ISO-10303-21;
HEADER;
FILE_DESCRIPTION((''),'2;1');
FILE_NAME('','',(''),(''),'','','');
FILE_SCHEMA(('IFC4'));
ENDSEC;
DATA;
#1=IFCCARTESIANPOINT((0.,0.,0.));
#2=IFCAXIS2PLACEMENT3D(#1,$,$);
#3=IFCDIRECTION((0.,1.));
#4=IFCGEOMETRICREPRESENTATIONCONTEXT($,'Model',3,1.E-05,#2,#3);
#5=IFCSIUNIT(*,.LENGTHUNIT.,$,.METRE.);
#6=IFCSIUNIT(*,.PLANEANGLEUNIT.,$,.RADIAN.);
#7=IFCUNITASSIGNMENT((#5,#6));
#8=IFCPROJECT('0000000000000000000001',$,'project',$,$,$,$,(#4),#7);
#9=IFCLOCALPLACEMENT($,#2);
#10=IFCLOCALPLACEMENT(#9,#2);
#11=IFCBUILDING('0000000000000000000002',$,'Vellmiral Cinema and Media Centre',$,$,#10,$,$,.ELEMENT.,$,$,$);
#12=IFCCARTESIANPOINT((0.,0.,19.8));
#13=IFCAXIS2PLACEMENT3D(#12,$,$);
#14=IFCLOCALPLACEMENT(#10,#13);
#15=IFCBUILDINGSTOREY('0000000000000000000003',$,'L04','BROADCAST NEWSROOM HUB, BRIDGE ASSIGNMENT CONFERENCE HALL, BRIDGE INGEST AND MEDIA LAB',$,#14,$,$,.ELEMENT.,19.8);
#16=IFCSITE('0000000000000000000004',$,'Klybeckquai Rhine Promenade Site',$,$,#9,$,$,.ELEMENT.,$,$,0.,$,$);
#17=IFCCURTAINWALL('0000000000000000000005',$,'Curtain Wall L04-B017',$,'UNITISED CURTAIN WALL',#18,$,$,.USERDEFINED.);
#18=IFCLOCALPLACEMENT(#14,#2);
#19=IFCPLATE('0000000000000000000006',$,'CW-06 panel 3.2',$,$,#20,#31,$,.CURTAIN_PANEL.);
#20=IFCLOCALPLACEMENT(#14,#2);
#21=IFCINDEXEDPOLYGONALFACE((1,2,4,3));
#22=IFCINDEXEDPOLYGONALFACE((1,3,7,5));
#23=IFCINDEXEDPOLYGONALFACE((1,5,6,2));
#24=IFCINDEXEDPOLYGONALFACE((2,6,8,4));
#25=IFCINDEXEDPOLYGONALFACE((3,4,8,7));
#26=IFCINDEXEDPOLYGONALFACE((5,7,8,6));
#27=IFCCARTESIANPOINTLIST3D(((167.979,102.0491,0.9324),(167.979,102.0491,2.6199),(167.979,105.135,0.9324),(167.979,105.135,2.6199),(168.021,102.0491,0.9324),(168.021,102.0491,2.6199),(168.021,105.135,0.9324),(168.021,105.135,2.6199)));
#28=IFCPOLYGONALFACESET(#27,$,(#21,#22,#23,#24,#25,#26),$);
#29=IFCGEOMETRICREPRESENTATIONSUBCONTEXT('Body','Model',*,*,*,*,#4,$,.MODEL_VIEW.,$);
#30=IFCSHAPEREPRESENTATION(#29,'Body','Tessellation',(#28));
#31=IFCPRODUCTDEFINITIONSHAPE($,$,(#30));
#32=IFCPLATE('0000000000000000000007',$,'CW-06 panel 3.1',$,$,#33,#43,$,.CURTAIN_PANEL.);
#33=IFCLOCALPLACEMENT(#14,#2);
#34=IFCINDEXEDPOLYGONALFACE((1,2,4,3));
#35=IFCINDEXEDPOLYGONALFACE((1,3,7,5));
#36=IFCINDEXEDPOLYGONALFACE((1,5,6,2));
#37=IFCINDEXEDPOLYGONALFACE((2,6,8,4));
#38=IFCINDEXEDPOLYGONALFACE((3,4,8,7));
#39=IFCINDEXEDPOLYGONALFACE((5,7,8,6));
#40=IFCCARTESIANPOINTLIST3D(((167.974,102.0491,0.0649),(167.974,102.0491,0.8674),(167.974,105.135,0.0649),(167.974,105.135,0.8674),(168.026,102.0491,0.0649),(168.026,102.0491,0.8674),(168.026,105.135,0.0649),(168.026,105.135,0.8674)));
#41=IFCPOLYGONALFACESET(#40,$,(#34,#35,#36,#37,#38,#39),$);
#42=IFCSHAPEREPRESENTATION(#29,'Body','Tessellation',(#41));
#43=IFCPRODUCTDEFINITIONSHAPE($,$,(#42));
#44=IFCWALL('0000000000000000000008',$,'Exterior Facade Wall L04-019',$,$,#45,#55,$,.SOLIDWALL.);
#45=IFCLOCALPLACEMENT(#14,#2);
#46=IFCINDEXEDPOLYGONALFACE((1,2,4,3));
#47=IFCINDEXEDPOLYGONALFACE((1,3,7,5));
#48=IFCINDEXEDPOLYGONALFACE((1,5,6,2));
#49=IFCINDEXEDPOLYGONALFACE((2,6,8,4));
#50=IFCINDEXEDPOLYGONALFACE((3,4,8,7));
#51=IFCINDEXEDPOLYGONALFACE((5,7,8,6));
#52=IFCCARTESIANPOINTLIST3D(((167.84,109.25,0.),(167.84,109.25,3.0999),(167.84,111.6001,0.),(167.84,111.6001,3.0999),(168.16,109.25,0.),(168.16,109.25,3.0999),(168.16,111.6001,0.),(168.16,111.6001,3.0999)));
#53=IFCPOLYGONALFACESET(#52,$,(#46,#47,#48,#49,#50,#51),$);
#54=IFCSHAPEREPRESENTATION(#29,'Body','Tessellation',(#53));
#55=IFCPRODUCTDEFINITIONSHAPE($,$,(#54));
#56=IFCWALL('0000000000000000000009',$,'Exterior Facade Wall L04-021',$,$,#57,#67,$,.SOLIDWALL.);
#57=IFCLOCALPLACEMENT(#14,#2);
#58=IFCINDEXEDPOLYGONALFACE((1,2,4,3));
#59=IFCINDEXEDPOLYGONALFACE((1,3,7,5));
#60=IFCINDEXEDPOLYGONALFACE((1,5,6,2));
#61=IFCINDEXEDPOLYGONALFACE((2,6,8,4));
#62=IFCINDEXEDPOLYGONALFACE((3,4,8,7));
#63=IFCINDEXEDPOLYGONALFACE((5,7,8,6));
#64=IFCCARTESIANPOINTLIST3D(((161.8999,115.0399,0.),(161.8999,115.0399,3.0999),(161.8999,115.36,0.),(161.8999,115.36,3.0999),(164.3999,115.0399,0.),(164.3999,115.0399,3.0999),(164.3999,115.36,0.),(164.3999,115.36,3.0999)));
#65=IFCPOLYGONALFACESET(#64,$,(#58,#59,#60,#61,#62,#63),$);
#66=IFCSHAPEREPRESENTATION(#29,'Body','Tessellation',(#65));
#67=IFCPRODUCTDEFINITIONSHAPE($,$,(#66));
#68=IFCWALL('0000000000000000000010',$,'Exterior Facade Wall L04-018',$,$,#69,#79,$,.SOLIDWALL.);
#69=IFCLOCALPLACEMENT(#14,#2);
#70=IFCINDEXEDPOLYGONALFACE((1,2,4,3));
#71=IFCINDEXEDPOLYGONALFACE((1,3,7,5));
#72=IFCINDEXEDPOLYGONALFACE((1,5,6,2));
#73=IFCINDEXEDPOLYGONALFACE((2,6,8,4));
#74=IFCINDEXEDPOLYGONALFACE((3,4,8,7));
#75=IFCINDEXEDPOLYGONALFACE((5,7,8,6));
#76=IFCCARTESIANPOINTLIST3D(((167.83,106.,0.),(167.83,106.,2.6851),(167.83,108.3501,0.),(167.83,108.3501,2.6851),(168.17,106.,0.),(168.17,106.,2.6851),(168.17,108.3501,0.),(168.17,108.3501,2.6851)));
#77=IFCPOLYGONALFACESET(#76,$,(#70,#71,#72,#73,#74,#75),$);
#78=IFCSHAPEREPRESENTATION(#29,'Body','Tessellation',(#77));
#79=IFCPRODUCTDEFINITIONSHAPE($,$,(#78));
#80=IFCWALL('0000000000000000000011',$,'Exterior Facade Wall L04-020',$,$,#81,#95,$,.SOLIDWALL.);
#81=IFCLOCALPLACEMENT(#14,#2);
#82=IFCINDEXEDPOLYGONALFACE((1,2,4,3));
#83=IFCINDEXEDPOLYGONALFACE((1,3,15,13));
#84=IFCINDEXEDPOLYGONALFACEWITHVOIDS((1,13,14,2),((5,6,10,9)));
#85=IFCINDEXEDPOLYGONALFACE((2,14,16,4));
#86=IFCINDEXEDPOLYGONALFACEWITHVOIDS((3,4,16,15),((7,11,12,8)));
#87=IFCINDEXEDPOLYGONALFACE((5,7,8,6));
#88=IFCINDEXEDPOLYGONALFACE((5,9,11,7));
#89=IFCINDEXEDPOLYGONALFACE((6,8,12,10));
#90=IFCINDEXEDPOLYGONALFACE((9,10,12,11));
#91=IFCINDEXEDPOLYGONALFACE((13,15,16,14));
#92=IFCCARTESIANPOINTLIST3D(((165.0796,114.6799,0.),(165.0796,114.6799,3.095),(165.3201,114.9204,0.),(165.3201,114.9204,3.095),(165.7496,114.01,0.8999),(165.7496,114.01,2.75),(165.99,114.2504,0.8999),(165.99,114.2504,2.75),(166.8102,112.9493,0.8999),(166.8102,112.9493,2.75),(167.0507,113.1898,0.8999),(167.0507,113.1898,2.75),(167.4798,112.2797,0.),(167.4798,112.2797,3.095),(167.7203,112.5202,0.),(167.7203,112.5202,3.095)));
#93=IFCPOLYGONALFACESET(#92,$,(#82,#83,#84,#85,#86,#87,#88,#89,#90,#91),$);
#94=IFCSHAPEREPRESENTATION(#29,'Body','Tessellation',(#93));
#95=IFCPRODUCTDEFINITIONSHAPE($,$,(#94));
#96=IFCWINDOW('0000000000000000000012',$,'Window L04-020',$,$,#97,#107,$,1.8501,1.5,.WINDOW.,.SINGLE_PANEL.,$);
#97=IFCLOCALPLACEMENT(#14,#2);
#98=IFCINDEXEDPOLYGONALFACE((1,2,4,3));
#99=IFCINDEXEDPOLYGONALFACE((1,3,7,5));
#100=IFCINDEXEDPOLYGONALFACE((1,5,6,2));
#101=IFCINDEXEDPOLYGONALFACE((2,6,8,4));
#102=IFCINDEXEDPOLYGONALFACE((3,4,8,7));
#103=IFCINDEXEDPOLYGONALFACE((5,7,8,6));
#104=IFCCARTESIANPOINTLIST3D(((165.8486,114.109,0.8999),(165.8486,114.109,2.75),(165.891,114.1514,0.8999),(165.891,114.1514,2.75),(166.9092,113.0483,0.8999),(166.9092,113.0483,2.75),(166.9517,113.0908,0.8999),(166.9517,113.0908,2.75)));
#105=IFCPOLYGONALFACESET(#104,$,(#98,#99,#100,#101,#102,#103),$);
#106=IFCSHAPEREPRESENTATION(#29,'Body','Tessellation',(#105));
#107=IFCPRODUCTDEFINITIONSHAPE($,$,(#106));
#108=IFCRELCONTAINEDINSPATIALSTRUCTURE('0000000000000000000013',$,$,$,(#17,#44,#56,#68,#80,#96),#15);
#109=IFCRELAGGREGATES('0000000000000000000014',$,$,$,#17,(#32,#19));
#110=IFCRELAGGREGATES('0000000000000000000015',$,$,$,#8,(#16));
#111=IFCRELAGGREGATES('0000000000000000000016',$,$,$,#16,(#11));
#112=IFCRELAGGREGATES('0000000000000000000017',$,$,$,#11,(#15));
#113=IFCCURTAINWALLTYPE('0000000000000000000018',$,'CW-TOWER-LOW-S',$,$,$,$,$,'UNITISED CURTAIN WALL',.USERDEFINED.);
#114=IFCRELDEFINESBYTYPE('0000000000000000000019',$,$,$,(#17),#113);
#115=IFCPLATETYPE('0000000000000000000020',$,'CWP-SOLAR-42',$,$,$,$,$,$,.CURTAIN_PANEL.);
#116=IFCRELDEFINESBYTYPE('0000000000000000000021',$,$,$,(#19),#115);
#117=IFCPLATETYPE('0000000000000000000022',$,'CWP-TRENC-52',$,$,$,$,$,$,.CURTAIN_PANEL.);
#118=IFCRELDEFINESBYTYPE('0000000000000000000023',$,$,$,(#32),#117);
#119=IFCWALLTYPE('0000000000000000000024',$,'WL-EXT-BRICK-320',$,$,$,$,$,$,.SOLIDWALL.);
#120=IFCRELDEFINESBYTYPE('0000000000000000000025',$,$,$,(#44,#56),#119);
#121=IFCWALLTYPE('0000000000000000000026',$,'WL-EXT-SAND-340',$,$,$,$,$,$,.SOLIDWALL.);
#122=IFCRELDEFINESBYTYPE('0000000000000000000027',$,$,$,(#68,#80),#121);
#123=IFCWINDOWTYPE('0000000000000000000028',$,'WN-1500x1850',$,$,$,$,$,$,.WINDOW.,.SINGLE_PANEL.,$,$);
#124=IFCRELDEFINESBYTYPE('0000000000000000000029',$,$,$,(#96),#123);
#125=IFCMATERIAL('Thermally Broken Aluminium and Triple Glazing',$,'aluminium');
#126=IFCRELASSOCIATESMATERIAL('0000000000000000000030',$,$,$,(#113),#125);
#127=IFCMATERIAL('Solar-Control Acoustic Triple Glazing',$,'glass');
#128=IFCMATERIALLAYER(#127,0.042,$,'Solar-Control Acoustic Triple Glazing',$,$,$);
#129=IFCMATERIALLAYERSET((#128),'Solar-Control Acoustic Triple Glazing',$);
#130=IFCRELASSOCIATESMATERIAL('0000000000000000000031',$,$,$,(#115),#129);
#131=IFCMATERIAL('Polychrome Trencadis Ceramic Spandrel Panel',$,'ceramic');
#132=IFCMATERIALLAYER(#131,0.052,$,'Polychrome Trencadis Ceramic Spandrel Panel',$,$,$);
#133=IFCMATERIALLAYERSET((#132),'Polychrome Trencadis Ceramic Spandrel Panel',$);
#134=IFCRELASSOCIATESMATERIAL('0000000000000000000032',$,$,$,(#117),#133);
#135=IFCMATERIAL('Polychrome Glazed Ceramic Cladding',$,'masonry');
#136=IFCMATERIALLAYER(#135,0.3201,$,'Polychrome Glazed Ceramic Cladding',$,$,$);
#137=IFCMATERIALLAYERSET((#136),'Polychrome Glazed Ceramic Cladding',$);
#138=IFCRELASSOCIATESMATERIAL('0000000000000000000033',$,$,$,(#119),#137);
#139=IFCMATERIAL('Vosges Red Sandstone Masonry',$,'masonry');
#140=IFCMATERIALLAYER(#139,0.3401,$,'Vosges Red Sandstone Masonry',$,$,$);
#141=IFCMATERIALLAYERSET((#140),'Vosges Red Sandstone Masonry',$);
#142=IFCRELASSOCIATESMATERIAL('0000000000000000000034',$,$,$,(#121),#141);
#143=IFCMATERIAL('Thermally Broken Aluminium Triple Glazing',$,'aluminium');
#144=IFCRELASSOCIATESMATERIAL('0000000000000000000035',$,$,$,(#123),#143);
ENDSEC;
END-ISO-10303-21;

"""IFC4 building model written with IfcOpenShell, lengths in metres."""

from ifc_helpers import new_model, si_unit, direction, frame, frame_2d, origin, origin_2d, place, context, subcontext, project, spatial, rectangle, extrude, material, layer, layer_set, type_object, element, fill, aggregate, save


model = new_model("IFC4")

# Units and contexts
model_context = context("Model", 3, precision=1e-05, world=origin(), true_north=direction((0.0, 1.0)))
body_context = subcontext(model_context, "Body", "Model", "MODEL_VIEW")
ifc_project = project(units=[si_unit("LENGTHUNIT", "METRE"), si_unit("PLANEANGLEUNIT", "RADIAN")], contexts=[model_context])

# Site, building, storey
site_placement = place(None, origin())
site = spatial("IfcSite", under=ifc_project, at=site_placement, Name="Klybeckquai Rhine Promenade Site", CompositionType="ELEMENT", RefElevation=0.0)
building_placement = place(site_placement, origin())
building = spatial("IfcBuilding", under=site, at=building_placement, Name="Vellmiral Cinema and Media Centre", CompositionType="ELEMENT")
storey_placement = place(building_placement, frame((0.0, 0.0, 19.8)))
storey = spatial("IfcBuildingStorey", under=building, at=storey_placement, Name="L04", Description="BROADCAST NEWSROOM HUB, BRIDGE ASSIGNMENT CONFERENCE HALL, BRIDGE INGEST AND MEDIA LAB", CompositionType="ELEMENT", Elevation=19.8)

# Curtain wall
ifc_material_1 = material(Name="Thermally Broken Aluminium and Triple Glazing", Category="aluminium")
curtain_wall_type = type_object("IfcCurtainWallType", Name="CW-TOWER-LOW-S", ElementType="UNITISED CURTAIN WALL", PredefinedType="USERDEFINED", material=ifc_material_1)
curtain_wall_placement = place(storey_placement, origin())
curtain_wall = element("IfcCurtainWall", 1, at=curtain_wall_placement, inside=storey, type_object=curtain_wall_type, Name="Curtain Wall L04-B017", ObjectType="UNITISED CURTAIN WALL", PredefinedType="USERDEFINED")

# Plates
ifc_material_2 = material(Name="Solar-Control Acoustic Triple Glazing", Category="glass")
ifc_layer_1 = layer(ifc_material_2, 0.042, Name="Solar-Control Acoustic Triple Glazing")
ifc_layer_set_1 = layer_set([ifc_layer_1], Name="Solar-Control Acoustic Triple Glazing")
plate_type_1 = type_object("IfcPlateType", Name="CWP-SOLAR-42", PredefinedType="CURTAIN_PANEL", material=ifc_layer_set_1)
plate_1_placement = place(storey_placement, frame((168.0, 103.592, 0.9324), z_axis=(0.0, 0.0, 1.0), x_axis=(0.0, 1.0, 0.0)))
plate_1 = element("IfcPlate", 2, at=plate_1_placement, type_object=plate_type_1, Name="CW-06 panel 3.2", PredefinedType="CURTAIN_PANEL", context=body_context, shape_type="SweptSolid", body=[
    extrude(rectangle(XDim=3.0859, YDim=0.042, at=origin_2d()), origin(), (0.0, 0.0, 1.0), 1.6875),
])
ifc_material_3 = material(Name="Polychrome Trencadis Ceramic Spandrel Panel", Category="ceramic")
ifc_layer_2 = layer(ifc_material_3, 0.052, Name="Polychrome Trencadis Ceramic Spandrel Panel")
ifc_layer_set_2 = layer_set([ifc_layer_2], Name="Polychrome Trencadis Ceramic Spandrel Panel")
plate_type_2 = type_object("IfcPlateType", Name="CWP-TRENC-52", PredefinedType="CURTAIN_PANEL", material=ifc_layer_set_2)
plate_2_placement = place(storey_placement, frame((168.0, 103.592, 0.0649), z_axis=(0.0, 0.0, 1.0), x_axis=(0.0, 1.0, 0.0)))
plate_2 = element("IfcPlate", 3, at=plate_2_placement, type_object=plate_type_2, Name="CW-06 panel 3.1", PredefinedType="CURTAIN_PANEL", context=body_context, shape_type="SweptSolid", body=[
    extrude(rectangle(XDim=3.0859, YDim=0.052, at=origin_2d()), origin(), (0.0, 0.0, 1.0), 0.8025),
])
aggregate(curtain_wall, [plate_2, plate_1])

# Walls
ifc_material_4 = material(Name="Polychrome Glazed Ceramic Cladding", Category="masonry")
ifc_layer_3 = layer(ifc_material_4, 0.3201, Name="Polychrome Glazed Ceramic Cladding")
ifc_layer_set_3 = layer_set([ifc_layer_3], Name="Polychrome Glazed Ceramic Cladding")
wall_type_1 = type_object("IfcWallType", Name="WL-EXT-BRICK-320", PredefinedType="SOLIDWALL", material=ifc_layer_set_3)
wall_1_placement = place(storey_placement, frame((168.0, 109.25, 0.0), z_axis=(0.0, 0.0, 1.0), x_axis=(0.0, 1.0, 0.0)))
element("IfcWall", 4, at=wall_1_placement, inside=storey, type_object=wall_type_1, Name="Exterior Facade Wall L04-019", PredefinedType="SOLIDWALL", context=body_context, shape_type="SweptSolid", body=[
    extrude(rectangle(XDim=2.3501, YDim=0.3201, at=frame_2d((1.175, 0.0))), origin(), (0.0, 0.0, 1.0), 3.0999),
])
wall_2_placement = place(storey_placement, frame((164.3999, 115.2, 0.0), z_axis=(0.0, 0.0, 1.0), x_axis=(-1.0, 0.0, 0.0)))
element("IfcWall", 5, at=wall_2_placement, inside=storey, type_object=wall_type_1, Name="Exterior Facade Wall L04-021", PredefinedType="SOLIDWALL", context=body_context, shape_type="SweptSolid", body=[
    extrude(rectangle(XDim=2.5, YDim=0.3201, at=frame_2d((1.25, 0.0))), origin(), (0.0, 0.0, 1.0), 3.0999),
])
ifc_material_5 = material(Name="Vosges Red Sandstone Masonry", Category="masonry")
ifc_layer_4 = layer(ifc_material_5, 0.3401, Name="Vosges Red Sandstone Masonry")
ifc_layer_set_4 = layer_set([ifc_layer_4], Name="Vosges Red Sandstone Masonry")
wall_type_2 = type_object("IfcWallType", Name="WL-EXT-SAND-340", PredefinedType="SOLIDWALL", material=ifc_layer_set_4)
wall_3_placement = place(storey_placement, frame((168.0, 106.0, 0.0), z_axis=(0.0, 0.0, 1.0), x_axis=(0.0, 1.0, 0.0)))
element("IfcWall", 6, at=wall_3_placement, inside=storey, type_object=wall_type_2, Name="Exterior Facade Wall L04-018", PredefinedType="SOLIDWALL", context=body_context, shape_type="SweptSolid", body=[
    extrude(rectangle(XDim=2.3501, YDim=0.3401, at=frame_2d((1.175, 0.0))), origin(), (0.0, 0.0, 1.0), 2.6851),
])

# Wall, opening, window
wall_4_placement = place(storey_placement, frame((167.6001, 112.3999, 0.0), z_axis=(0.0, 0.0, 1.0), x_axis=(-0.707107, 0.707107, 0.0)))
wall_4 = element("IfcWall", 7, at=wall_4_placement, inside=storey, type_object=wall_type_2, Name="Exterior Facade Wall L04-020", PredefinedType="SOLIDWALL", context=body_context, shape_type="SweptSolid", body=[
    extrude(rectangle(XDim=3.3943, YDim=0.3401, at=frame_2d((1.6973, 0.0))), origin(), (0.0, 0.0, 1.0), 3.095),
])
opening_placement = place(wall_4_placement, frame((0.947, 0.0, 0.8999)))
opening = element("IfcOpeningElement", 8, at=opening_placement, cuts=wall_4, PredefinedType="OPENING", context=body_context, shape_type="SweptSolid", body=[
    extrude(rectangle(XDim=1.5, YDim=1.8501, at=frame_2d((0.75, 0.925))), frame((0.0, 0.1821, 0.0), z_axis=(0.0, -1.0, 0.0), x_axis=(1.0, 0.0, 0.0)), (0.0, 0.0, 1.0), 0.364),
])
ifc_material_6 = material(Name="Thermally Broken Aluminium Triple Glazing", Category="aluminium")
window_type = type_object("IfcWindowType", Name="WN-1500x1850", PartitioningType="SINGLE_PANEL", PredefinedType="WINDOW", material=ifc_material_6)
window_placement = place(opening_placement, origin())
window = element("IfcWindow", 9, at=window_placement, inside=storey, type_object=window_type, Name="Window L04-020", OverallHeight=1.8501, OverallWidth=1.5, PartitioningType="SINGLE_PANEL", PredefinedType="WINDOW", context=body_context, shape_type="SweptSolid", body=[
    extrude(rectangle(XDim=1.5, YDim=1.8501, at=frame_2d((0.75, 0.925))), frame((0.0, 0.03, 0.0), z_axis=(0.0, -1.0, 0.0), x_axis=(1.0, 0.0, 0.0)), (0.0, 0.0, 1.0), 0.0601),
])
fill(opening, window)

save(model, "model.ifc")
